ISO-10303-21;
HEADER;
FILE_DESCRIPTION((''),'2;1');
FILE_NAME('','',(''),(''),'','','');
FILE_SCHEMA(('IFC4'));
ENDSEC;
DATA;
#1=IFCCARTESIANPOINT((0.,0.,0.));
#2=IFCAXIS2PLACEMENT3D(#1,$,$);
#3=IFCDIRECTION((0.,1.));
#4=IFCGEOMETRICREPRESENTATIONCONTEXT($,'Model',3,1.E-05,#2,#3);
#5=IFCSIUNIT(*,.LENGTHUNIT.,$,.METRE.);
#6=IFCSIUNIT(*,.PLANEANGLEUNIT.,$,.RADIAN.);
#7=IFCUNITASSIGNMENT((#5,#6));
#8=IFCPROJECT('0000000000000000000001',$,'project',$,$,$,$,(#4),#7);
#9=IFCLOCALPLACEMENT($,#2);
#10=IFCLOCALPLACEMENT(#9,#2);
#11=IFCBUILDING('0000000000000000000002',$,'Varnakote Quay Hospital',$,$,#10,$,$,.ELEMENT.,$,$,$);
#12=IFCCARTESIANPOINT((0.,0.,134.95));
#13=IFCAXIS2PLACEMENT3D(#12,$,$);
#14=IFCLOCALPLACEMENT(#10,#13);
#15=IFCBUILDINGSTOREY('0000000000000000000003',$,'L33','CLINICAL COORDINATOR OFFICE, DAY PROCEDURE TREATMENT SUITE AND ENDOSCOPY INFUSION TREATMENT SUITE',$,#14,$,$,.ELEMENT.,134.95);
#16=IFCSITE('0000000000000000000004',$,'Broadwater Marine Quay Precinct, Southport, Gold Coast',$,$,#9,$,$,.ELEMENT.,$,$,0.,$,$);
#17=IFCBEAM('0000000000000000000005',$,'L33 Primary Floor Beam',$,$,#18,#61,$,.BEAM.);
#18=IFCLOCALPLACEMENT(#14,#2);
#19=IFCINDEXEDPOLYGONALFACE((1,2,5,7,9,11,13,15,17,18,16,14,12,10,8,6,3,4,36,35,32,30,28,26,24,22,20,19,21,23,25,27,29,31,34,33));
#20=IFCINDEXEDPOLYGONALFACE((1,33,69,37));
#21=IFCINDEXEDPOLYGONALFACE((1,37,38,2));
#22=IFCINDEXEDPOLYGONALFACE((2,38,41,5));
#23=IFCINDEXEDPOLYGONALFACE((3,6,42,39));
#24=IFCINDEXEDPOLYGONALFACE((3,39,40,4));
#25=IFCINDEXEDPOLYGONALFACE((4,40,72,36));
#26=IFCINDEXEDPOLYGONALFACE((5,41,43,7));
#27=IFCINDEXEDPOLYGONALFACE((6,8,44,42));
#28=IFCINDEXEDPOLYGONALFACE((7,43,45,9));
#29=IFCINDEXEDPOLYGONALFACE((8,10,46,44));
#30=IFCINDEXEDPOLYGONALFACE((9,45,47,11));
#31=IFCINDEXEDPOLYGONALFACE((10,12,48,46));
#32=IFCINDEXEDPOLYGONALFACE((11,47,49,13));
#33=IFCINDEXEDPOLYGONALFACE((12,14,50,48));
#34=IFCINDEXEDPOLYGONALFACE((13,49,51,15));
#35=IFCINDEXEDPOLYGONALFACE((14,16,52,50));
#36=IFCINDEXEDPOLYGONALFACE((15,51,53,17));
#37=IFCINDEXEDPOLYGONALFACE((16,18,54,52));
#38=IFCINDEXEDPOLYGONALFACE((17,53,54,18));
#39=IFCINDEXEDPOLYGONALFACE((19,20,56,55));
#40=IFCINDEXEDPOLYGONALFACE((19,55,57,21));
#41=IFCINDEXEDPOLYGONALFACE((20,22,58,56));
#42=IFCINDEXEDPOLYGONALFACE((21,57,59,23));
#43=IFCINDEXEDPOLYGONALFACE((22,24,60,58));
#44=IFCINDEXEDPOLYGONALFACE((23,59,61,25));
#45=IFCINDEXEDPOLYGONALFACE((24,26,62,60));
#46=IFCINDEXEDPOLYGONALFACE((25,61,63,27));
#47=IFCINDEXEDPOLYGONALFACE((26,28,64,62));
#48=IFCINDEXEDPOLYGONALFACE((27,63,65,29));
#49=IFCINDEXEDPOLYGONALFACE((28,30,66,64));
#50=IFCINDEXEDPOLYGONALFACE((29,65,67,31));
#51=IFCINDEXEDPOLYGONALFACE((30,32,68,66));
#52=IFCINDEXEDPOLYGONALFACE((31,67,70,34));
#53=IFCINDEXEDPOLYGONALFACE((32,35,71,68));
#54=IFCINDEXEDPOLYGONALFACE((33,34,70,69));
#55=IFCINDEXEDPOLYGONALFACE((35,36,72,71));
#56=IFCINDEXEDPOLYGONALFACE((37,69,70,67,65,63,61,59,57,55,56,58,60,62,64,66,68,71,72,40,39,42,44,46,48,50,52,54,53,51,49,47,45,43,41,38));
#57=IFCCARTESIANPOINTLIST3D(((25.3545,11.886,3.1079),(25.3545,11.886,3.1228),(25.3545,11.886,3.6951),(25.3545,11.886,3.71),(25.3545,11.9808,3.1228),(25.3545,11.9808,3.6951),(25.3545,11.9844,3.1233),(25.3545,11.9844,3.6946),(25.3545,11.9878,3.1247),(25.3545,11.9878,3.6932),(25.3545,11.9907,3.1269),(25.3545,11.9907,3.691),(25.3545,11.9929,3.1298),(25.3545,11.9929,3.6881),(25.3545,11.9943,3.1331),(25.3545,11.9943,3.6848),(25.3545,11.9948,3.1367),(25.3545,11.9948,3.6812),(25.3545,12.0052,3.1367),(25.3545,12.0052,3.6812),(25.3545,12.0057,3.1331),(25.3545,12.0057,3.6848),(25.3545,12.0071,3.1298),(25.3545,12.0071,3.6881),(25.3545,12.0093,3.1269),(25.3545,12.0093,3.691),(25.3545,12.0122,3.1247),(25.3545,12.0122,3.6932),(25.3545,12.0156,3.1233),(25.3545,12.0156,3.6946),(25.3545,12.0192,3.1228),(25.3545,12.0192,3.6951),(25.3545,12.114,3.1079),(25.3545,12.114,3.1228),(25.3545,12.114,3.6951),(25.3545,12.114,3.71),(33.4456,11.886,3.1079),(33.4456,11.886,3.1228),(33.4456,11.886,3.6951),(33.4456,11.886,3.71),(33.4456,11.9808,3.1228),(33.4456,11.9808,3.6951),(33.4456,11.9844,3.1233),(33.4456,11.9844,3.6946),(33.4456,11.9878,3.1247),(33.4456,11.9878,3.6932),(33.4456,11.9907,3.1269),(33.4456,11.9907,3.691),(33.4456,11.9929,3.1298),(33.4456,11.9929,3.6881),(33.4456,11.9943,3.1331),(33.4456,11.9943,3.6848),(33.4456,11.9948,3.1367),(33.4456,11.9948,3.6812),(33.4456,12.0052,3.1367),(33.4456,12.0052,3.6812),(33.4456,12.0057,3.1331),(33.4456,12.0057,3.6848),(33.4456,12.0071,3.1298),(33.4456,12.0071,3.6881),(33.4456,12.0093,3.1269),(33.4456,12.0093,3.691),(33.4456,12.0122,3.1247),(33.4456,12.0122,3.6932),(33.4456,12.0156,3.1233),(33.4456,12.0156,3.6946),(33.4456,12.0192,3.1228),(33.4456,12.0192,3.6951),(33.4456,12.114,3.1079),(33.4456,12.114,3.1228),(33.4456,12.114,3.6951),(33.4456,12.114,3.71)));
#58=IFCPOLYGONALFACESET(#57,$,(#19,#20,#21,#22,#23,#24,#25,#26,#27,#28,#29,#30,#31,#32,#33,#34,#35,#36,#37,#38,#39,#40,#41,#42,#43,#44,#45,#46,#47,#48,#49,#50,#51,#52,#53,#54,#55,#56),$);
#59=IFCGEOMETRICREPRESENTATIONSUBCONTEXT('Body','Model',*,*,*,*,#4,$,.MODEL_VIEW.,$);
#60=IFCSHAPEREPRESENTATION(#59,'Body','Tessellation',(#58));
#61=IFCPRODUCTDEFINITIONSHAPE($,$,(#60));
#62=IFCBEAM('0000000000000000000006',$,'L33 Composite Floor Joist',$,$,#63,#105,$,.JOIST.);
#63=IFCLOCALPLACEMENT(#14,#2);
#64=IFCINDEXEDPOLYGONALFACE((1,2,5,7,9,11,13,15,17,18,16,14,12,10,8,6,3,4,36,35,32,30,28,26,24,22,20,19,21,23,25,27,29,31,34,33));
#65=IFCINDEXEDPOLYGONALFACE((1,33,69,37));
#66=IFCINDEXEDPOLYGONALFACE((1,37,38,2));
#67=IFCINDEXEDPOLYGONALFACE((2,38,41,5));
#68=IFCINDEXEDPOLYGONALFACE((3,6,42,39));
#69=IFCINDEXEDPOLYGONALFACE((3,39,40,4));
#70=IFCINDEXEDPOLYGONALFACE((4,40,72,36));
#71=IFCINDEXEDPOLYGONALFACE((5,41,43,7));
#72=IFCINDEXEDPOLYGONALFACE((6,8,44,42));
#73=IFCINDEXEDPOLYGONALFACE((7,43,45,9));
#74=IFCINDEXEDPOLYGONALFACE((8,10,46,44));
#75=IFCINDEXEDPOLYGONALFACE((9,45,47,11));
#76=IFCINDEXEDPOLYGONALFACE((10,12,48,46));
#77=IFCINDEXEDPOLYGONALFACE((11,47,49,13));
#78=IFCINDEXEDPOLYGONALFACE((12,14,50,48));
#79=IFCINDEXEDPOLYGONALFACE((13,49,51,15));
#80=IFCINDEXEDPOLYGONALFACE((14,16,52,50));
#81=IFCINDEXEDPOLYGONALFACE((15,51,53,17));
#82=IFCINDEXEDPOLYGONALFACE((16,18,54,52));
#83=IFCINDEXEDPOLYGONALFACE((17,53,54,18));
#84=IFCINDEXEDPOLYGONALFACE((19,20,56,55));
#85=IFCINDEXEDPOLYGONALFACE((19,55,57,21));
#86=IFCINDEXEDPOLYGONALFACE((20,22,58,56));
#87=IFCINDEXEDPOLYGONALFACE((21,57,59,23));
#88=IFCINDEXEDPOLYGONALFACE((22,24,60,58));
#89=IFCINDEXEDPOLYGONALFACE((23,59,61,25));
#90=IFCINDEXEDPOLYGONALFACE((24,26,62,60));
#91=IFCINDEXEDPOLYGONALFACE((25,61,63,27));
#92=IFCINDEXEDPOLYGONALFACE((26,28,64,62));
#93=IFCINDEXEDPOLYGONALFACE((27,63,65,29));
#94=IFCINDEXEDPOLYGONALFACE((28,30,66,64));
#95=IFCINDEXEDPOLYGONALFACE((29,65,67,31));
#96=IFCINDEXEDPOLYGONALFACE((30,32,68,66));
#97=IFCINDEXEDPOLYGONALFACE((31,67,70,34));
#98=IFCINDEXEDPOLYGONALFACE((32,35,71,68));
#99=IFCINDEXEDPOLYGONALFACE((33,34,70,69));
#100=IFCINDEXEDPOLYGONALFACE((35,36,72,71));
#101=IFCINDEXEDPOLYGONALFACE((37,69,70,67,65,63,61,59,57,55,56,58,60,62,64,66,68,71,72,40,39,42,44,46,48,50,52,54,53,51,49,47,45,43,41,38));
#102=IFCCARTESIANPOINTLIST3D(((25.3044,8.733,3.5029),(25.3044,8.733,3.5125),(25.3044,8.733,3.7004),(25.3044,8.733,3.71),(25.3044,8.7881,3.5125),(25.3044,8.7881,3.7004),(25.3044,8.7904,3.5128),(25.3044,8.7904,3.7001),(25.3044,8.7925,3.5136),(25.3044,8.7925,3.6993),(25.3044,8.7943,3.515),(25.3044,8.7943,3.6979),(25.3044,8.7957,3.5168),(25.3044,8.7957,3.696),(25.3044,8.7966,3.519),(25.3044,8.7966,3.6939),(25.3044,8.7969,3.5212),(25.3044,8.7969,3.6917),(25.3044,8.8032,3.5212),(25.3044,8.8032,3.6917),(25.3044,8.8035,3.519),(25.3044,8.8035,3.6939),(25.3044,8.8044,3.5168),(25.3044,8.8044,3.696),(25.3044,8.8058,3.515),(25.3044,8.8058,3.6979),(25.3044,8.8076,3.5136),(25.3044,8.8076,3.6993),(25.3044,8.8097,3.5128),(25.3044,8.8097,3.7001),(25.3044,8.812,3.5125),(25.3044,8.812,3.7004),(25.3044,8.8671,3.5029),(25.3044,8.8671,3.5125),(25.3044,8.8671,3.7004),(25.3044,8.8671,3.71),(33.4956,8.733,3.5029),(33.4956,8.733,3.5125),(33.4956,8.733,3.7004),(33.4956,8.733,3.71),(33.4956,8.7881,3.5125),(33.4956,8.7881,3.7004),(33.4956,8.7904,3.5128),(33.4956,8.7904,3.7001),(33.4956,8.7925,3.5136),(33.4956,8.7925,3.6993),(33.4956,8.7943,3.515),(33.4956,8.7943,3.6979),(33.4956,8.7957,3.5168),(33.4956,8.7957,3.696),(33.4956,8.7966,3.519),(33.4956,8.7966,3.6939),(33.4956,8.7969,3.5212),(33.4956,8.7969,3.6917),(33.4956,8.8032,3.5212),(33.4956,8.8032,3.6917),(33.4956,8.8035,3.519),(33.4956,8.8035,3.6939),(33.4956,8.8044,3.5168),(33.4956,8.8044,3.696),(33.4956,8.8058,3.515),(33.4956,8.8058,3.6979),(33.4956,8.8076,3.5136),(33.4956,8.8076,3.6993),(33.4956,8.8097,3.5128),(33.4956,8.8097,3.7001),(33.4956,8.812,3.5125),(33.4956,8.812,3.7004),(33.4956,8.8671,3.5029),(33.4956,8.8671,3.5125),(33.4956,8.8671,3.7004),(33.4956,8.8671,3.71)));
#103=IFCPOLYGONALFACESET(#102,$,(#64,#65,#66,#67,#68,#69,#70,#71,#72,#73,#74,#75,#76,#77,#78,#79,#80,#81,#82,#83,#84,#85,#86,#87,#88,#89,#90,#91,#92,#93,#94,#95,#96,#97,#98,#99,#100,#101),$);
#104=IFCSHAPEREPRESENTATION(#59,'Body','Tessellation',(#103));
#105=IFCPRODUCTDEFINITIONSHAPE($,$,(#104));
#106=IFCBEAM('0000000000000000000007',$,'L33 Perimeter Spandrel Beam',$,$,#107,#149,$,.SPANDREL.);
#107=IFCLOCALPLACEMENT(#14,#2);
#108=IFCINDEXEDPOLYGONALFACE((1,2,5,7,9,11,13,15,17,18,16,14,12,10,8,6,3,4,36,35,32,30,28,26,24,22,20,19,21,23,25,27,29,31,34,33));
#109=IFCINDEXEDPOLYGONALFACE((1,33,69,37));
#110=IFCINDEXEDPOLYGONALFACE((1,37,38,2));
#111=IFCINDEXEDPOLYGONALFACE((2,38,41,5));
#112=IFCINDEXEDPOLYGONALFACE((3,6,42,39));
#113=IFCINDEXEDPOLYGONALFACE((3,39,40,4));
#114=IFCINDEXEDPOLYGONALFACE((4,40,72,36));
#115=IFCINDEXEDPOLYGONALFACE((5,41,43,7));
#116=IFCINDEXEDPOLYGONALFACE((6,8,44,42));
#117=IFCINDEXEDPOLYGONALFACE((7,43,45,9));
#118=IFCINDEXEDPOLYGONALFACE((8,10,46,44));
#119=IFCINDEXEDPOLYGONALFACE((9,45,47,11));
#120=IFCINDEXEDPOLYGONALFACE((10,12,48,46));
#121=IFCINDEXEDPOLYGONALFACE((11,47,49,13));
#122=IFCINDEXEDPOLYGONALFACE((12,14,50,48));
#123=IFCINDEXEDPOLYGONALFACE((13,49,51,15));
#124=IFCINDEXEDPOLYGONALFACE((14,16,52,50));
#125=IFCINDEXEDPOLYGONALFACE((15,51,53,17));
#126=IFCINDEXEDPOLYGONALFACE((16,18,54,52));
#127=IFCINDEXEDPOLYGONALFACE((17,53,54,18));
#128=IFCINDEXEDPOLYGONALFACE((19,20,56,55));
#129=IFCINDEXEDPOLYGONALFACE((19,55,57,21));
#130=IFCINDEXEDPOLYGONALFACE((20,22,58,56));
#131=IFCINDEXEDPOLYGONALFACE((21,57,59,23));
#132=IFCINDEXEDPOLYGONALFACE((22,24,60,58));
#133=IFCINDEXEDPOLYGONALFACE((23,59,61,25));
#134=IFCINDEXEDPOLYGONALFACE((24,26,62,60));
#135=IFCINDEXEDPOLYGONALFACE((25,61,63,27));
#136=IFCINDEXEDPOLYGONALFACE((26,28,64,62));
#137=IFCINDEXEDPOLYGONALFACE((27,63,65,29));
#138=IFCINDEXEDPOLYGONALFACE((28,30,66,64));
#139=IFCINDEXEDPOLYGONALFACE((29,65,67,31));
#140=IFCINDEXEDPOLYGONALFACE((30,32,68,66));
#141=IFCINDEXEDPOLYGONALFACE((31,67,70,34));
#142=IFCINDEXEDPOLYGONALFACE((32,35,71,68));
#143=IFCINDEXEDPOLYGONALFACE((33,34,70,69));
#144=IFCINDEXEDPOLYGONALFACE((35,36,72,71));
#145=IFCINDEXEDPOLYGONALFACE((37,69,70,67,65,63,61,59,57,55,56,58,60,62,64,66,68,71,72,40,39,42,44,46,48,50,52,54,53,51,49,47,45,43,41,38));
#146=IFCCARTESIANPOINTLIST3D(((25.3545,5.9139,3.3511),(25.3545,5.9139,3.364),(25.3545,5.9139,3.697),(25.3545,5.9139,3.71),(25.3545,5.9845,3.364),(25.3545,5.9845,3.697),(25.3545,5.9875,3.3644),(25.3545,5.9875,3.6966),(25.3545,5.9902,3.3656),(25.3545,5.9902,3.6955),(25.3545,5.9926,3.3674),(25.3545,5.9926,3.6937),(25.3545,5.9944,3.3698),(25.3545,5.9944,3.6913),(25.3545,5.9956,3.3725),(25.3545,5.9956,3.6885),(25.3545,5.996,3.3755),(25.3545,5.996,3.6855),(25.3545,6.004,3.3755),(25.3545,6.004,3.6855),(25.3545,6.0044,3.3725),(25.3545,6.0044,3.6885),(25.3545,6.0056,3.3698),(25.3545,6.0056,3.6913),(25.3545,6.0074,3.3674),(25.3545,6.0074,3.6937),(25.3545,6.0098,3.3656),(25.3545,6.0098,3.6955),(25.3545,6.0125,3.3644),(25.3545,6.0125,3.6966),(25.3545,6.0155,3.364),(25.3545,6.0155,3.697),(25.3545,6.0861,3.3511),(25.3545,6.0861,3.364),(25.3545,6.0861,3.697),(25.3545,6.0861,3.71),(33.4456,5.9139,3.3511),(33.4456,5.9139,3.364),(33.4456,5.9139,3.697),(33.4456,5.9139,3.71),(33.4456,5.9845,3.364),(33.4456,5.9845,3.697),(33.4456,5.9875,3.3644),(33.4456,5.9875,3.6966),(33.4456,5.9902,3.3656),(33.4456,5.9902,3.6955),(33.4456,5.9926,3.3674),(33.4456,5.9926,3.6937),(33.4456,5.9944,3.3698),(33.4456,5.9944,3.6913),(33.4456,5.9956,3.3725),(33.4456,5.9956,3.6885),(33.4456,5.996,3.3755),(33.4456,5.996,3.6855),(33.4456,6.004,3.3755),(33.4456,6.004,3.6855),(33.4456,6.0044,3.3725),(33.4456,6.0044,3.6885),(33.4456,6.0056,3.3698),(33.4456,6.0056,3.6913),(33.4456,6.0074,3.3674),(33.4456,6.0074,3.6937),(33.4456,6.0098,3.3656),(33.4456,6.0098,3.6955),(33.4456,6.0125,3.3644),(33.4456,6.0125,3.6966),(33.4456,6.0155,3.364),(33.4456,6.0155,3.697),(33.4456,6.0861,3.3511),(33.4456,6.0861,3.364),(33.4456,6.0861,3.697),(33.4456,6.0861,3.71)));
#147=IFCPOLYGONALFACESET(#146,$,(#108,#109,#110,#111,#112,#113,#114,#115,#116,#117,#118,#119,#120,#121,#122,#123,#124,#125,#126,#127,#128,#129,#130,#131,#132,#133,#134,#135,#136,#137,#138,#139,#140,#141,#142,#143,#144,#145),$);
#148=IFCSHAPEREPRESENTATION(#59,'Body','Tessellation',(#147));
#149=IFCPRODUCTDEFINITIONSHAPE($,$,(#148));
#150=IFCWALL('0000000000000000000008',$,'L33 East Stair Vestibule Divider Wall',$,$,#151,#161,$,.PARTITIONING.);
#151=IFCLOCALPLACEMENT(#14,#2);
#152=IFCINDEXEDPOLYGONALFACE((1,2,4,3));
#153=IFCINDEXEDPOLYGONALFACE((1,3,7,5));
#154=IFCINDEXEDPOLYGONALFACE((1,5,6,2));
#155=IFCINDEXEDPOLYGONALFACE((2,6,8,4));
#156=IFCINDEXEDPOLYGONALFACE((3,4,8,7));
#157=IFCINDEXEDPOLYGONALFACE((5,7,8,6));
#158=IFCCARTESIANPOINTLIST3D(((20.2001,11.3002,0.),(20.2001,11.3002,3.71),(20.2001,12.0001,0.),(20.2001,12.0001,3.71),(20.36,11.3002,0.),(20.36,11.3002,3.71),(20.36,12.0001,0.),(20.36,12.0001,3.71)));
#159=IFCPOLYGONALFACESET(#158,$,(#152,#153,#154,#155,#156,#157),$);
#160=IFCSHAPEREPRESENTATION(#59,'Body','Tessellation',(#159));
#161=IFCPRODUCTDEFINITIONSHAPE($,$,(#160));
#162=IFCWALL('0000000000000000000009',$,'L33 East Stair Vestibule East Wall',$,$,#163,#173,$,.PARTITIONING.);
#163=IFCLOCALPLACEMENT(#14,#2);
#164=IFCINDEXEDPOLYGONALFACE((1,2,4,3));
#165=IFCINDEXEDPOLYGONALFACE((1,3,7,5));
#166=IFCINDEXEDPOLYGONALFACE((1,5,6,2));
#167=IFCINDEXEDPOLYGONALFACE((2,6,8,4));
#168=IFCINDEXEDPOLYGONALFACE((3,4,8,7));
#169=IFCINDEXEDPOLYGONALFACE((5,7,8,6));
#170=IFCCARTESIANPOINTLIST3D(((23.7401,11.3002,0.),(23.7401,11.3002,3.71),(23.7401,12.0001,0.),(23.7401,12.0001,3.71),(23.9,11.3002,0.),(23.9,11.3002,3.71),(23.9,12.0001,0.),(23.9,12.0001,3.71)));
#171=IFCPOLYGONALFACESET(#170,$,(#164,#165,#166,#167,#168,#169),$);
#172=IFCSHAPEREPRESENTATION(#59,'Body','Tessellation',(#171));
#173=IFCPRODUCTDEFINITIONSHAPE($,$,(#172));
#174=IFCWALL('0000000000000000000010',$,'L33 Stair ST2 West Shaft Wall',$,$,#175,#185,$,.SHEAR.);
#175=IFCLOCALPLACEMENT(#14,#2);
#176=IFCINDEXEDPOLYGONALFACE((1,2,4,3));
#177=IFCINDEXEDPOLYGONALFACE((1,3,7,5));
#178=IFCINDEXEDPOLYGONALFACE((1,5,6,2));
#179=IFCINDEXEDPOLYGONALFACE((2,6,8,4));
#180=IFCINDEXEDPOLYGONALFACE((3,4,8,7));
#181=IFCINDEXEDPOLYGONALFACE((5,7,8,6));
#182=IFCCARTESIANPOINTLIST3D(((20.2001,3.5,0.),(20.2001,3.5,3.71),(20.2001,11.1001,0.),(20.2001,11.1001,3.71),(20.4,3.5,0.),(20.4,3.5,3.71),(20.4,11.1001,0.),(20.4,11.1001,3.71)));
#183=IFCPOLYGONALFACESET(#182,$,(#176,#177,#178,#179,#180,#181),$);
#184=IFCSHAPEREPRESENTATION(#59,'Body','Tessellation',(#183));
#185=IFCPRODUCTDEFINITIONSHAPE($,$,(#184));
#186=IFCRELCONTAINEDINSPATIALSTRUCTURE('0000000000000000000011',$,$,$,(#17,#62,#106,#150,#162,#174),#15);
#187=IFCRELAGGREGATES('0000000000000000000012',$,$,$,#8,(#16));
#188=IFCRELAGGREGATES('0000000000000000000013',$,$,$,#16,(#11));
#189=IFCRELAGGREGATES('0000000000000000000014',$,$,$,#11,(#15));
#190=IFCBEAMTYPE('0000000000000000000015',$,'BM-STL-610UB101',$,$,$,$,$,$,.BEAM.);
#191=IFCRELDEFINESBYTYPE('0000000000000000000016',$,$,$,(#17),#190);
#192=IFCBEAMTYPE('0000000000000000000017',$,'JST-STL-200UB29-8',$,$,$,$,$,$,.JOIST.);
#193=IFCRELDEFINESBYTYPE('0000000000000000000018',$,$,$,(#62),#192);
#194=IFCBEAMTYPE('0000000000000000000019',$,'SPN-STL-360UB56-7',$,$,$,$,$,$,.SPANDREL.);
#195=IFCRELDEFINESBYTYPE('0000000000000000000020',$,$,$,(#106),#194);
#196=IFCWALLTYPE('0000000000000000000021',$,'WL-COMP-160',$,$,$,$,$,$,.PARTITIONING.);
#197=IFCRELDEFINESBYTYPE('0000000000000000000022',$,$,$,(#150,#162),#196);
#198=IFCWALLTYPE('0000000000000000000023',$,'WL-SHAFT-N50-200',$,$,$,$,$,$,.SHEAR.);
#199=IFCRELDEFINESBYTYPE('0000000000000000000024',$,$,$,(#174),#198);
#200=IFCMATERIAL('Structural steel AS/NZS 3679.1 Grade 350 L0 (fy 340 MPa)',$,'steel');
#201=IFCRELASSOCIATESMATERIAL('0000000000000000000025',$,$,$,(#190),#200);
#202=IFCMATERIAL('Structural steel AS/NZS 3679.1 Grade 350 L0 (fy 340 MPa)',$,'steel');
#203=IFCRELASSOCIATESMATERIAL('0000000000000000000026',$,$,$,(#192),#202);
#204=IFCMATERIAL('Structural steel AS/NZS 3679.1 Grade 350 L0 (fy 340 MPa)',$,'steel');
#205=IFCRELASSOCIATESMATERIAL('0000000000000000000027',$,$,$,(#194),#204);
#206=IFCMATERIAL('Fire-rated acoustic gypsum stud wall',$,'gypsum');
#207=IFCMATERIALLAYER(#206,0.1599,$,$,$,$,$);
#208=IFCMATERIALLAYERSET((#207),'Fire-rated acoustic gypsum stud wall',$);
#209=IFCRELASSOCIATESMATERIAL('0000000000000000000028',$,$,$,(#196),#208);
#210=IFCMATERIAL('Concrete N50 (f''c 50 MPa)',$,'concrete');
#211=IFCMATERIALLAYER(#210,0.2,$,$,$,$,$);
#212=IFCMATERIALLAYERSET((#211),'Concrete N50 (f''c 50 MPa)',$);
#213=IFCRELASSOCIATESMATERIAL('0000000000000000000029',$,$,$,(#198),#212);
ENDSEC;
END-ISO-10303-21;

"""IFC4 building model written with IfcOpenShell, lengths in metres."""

from ifc_helpers import new_model, si_unit, direction, frame, frame_2d, origin, origin_2d, place, context, subcontext, project, spatial, rectangle, i_section, extrude, material, layer, layer_set, material_profile, profile_set, type_object, element, save


model = new_model("IFC4")

# Units and contexts
model_context = context("Model", 3, precision=1e-05, world=origin(), true_north=direction((0.0, 1.0)))
body_context = subcontext(model_context, "Body", "Model", "MODEL_VIEW")
ifc_project = project(units=[si_unit("LENGTHUNIT", "METRE"), si_unit("PLANEANGLEUNIT", "RADIAN")], contexts=[model_context])

# Site, building, storey
site_placement = place(None, origin())
site = spatial("IfcSite", under=ifc_project, at=site_placement, Name="Broadwater Marine Quay Precinct, Southport, Gold Coast", CompositionType="ELEMENT", RefElevation=0.0)
building_placement = place(site_placement, origin())
building = spatial("IfcBuilding", under=site, at=building_placement, Name="Varnakote Quay Hospital", CompositionType="ELEMENT")
storey_placement = place(building_placement, frame((0.0, 0.0, 134.95)))
storey = spatial("IfcBuildingStorey", under=building, at=storey_placement, Name="L33", Description="CLINICAL COORDINATOR OFFICE, DAY PROCEDURE TREATMENT SUITE AND ENDOSCOPY INFUSION TREATMENT SUITE", CompositionType="ELEMENT", Elevation=134.95)

# Beams
ifc_material_1 = material(Name="Structural steel AS/NZS 3679.1 Grade 350 L0 (fy 340 MPa)", Category="steel")
ifc_material_profile_1 = material_profile(ifc_material_1, i_section(OverallWidth=0.228, OverallDepth=0.6021, WebThickness=0.0105, FlangeThickness=0.0149, FilletRadius=0.0139, at=origin_2d()), Name="610UB101")
ifc_profile_set_1 = profile_set([ifc_material_profile_1], Name="Structural steel AS/NZS 3679.1 Grade 350 L0 (fy 340 MPa)")
beam_type_1 = type_object("IfcBeamType", Name="BM-STL-610UB101", PredefinedType="BEAM", material=ifc_profile_set_1)
beam_1_placement = place(storey_placement, frame((25.3545, 12.0, 3.4089), z_axis=(1.0, 0.0, 0.0), x_axis=(0.0, 1.0, 0.0)))
element("IfcBeam", 1, at=beam_1_placement, inside=storey, type_object=beam_type_1, Name="L33 Primary Floor Beam", PredefinedType="BEAM", context=body_context, shape_type="SweptSolid", body=[
    extrude(i_section(OverallWidth=0.228, OverallDepth=0.6021, WebThickness=0.0105, FlangeThickness=0.0149, FilletRadius=0.0139, at=origin_2d()), origin(), (0.0, 0.0, 1.0), 8.0911),
])
ifc_material_2 = material(Name="Structural steel AS/NZS 3679.1 Grade 350 L0 (fy 340 MPa)", Category="steel")
ifc_material_profile_2 = material_profile(ifc_material_2, i_section(OverallWidth=0.134, OverallDepth=0.207, WebThickness=0.0063, FlangeThickness=0.0095, FilletRadius=0.0088, at=origin_2d()), Name="200UB29.8")
ifc_profile_set_2 = profile_set([ifc_material_profile_2], Name="Structural steel AS/NZS 3679.1 Grade 350 L0 (fy 340 MPa)")
beam_type_2 = type_object("IfcBeamType", Name="JST-STL-200UB29-8", PredefinedType="JOIST", material=ifc_profile_set_2)
beam_2_placement = place(storey_placement, frame((25.3044, 8.8, 3.6064), z_axis=(1.0, 0.0, 0.0), x_axis=(0.0, 1.0, 0.0)))
element("IfcBeam", 2, at=beam_2_placement, inside=storey, type_object=beam_type_2, Name="L33 Composite Floor Joist", PredefinedType="JOIST", context=body_context, shape_type="SweptSolid", body=[
    extrude(i_section(OverallWidth=0.134, OverallDepth=0.207, WebThickness=0.0063, FlangeThickness=0.0095, FilletRadius=0.0088, at=origin_2d()), origin(), (0.0, 0.0, 1.0), 8.1912),
])
ifc_material_3 = material(Name="Structural steel AS/NZS 3679.1 Grade 350 L0 (fy 340 MPa)", Category="steel")
ifc_material_profile_3 = material_profile(ifc_material_3, i_section(OverallWidth=0.1721, OverallDepth=0.3589, WebThickness=0.0081, FlangeThickness=0.0129, FilletRadius=0.0115, at=origin_2d()), Name="360UB56.7")
ifc_profile_set_3 = profile_set([ifc_material_profile_3], Name="Structural steel AS/NZS 3679.1 Grade 350 L0 (fy 340 MPa)")
beam_type_3 = type_object("IfcBeamType", Name="SPN-STL-360UB56-7", PredefinedType="SPANDREL", material=ifc_profile_set_3)
beam_3_placement = place(storey_placement, frame((25.3545, 6.0, 3.5305), z_axis=(1.0, 0.0, 0.0), x_axis=(0.0, 1.0, 0.0)))
element("IfcBeam", 3, at=beam_3_placement, inside=storey, type_object=beam_type_3, Name="L33 Perimeter Spandrel Beam", PredefinedType="SPANDREL", context=body_context, shape_type="SweptSolid", body=[
    extrude(i_section(OverallWidth=0.1721, OverallDepth=0.3589, WebThickness=0.0081, FlangeThickness=0.0129, FilletRadius=0.0115, at=origin_2d()), origin(), (0.0, 0.0, 1.0), 8.0911),
])

# Walls
ifc_material_4 = material(Name="Fire-rated acoustic gypsum stud wall", Category="gypsum")
ifc_layer_1 = layer(ifc_material_4, 0.1599)
ifc_layer_set_1 = layer_set([ifc_layer_1], Name="Fire-rated acoustic gypsum stud wall")
wall_type_1 = type_object("IfcWallType", Name="WL-COMP-160", PredefinedType="PARTITIONING", material=ifc_layer_set_1)
for number, where, z_axis, x_axis, name in (
    (4, (20.28, 11.3, 0.0), (0.0, 0.0, 1.0), (0.0, 1.0, 0.0), "L33 East Stair Vestibule Divider Wall"),
    (5, (23.8201, 11.3, 0.0), (0.0, 0.0, 1.0), (0.0, 1.0, 0.0), "L33 East Stair Vestibule East Wall"),
):
    element("IfcWall", number, at=place(storey_placement, frame(where, z_axis=z_axis, x_axis=x_axis)), inside=storey, type_object=wall_type_1, Name=name, PredefinedType="PARTITIONING", context=body_context, shape_type="SweptSolid", body=[
        extrude(rectangle(XDim=0.7, YDim=0.1599, at=frame_2d((0.3501, 0.0))), origin(), (0.0, 0.0, 1.0), 3.71),
    ])
ifc_material_5 = material(Name="Concrete N50 (f'c 50 MPa)", Category="concrete")
ifc_layer_2 = layer(ifc_material_5, 0.2)
ifc_layer_set_2 = layer_set([ifc_layer_2], Name="Concrete N50 (f'c 50 MPa)")
wall_type_2 = type_object("IfcWallType", Name="WL-SHAFT-N50-200", PredefinedType="SHEAR", material=ifc_layer_set_2)
for number, where, z_axis, x_axis, name in (
    (6, (20.3, 3.5, 0.0), (0.0, 0.0, 1.0), (0.0, 1.0, 0.0), "L33 Stair ST2 West Shaft Wall"),
):
    element("IfcWall", number, at=place(storey_placement, frame(where, z_axis=z_axis, x_axis=x_axis)), inside=storey, type_object=wall_type_2, Name=name, PredefinedType="SHEAR", context=body_context, shape_type="SweptSolid", body=[
        extrude(rectangle(XDim=7.6001, YDim=0.2, at=frame_2d((3.8, 0.0))), origin(), (0.0, 0.0, 1.0), 3.71),
    ])

save(model, "model.ifc")
